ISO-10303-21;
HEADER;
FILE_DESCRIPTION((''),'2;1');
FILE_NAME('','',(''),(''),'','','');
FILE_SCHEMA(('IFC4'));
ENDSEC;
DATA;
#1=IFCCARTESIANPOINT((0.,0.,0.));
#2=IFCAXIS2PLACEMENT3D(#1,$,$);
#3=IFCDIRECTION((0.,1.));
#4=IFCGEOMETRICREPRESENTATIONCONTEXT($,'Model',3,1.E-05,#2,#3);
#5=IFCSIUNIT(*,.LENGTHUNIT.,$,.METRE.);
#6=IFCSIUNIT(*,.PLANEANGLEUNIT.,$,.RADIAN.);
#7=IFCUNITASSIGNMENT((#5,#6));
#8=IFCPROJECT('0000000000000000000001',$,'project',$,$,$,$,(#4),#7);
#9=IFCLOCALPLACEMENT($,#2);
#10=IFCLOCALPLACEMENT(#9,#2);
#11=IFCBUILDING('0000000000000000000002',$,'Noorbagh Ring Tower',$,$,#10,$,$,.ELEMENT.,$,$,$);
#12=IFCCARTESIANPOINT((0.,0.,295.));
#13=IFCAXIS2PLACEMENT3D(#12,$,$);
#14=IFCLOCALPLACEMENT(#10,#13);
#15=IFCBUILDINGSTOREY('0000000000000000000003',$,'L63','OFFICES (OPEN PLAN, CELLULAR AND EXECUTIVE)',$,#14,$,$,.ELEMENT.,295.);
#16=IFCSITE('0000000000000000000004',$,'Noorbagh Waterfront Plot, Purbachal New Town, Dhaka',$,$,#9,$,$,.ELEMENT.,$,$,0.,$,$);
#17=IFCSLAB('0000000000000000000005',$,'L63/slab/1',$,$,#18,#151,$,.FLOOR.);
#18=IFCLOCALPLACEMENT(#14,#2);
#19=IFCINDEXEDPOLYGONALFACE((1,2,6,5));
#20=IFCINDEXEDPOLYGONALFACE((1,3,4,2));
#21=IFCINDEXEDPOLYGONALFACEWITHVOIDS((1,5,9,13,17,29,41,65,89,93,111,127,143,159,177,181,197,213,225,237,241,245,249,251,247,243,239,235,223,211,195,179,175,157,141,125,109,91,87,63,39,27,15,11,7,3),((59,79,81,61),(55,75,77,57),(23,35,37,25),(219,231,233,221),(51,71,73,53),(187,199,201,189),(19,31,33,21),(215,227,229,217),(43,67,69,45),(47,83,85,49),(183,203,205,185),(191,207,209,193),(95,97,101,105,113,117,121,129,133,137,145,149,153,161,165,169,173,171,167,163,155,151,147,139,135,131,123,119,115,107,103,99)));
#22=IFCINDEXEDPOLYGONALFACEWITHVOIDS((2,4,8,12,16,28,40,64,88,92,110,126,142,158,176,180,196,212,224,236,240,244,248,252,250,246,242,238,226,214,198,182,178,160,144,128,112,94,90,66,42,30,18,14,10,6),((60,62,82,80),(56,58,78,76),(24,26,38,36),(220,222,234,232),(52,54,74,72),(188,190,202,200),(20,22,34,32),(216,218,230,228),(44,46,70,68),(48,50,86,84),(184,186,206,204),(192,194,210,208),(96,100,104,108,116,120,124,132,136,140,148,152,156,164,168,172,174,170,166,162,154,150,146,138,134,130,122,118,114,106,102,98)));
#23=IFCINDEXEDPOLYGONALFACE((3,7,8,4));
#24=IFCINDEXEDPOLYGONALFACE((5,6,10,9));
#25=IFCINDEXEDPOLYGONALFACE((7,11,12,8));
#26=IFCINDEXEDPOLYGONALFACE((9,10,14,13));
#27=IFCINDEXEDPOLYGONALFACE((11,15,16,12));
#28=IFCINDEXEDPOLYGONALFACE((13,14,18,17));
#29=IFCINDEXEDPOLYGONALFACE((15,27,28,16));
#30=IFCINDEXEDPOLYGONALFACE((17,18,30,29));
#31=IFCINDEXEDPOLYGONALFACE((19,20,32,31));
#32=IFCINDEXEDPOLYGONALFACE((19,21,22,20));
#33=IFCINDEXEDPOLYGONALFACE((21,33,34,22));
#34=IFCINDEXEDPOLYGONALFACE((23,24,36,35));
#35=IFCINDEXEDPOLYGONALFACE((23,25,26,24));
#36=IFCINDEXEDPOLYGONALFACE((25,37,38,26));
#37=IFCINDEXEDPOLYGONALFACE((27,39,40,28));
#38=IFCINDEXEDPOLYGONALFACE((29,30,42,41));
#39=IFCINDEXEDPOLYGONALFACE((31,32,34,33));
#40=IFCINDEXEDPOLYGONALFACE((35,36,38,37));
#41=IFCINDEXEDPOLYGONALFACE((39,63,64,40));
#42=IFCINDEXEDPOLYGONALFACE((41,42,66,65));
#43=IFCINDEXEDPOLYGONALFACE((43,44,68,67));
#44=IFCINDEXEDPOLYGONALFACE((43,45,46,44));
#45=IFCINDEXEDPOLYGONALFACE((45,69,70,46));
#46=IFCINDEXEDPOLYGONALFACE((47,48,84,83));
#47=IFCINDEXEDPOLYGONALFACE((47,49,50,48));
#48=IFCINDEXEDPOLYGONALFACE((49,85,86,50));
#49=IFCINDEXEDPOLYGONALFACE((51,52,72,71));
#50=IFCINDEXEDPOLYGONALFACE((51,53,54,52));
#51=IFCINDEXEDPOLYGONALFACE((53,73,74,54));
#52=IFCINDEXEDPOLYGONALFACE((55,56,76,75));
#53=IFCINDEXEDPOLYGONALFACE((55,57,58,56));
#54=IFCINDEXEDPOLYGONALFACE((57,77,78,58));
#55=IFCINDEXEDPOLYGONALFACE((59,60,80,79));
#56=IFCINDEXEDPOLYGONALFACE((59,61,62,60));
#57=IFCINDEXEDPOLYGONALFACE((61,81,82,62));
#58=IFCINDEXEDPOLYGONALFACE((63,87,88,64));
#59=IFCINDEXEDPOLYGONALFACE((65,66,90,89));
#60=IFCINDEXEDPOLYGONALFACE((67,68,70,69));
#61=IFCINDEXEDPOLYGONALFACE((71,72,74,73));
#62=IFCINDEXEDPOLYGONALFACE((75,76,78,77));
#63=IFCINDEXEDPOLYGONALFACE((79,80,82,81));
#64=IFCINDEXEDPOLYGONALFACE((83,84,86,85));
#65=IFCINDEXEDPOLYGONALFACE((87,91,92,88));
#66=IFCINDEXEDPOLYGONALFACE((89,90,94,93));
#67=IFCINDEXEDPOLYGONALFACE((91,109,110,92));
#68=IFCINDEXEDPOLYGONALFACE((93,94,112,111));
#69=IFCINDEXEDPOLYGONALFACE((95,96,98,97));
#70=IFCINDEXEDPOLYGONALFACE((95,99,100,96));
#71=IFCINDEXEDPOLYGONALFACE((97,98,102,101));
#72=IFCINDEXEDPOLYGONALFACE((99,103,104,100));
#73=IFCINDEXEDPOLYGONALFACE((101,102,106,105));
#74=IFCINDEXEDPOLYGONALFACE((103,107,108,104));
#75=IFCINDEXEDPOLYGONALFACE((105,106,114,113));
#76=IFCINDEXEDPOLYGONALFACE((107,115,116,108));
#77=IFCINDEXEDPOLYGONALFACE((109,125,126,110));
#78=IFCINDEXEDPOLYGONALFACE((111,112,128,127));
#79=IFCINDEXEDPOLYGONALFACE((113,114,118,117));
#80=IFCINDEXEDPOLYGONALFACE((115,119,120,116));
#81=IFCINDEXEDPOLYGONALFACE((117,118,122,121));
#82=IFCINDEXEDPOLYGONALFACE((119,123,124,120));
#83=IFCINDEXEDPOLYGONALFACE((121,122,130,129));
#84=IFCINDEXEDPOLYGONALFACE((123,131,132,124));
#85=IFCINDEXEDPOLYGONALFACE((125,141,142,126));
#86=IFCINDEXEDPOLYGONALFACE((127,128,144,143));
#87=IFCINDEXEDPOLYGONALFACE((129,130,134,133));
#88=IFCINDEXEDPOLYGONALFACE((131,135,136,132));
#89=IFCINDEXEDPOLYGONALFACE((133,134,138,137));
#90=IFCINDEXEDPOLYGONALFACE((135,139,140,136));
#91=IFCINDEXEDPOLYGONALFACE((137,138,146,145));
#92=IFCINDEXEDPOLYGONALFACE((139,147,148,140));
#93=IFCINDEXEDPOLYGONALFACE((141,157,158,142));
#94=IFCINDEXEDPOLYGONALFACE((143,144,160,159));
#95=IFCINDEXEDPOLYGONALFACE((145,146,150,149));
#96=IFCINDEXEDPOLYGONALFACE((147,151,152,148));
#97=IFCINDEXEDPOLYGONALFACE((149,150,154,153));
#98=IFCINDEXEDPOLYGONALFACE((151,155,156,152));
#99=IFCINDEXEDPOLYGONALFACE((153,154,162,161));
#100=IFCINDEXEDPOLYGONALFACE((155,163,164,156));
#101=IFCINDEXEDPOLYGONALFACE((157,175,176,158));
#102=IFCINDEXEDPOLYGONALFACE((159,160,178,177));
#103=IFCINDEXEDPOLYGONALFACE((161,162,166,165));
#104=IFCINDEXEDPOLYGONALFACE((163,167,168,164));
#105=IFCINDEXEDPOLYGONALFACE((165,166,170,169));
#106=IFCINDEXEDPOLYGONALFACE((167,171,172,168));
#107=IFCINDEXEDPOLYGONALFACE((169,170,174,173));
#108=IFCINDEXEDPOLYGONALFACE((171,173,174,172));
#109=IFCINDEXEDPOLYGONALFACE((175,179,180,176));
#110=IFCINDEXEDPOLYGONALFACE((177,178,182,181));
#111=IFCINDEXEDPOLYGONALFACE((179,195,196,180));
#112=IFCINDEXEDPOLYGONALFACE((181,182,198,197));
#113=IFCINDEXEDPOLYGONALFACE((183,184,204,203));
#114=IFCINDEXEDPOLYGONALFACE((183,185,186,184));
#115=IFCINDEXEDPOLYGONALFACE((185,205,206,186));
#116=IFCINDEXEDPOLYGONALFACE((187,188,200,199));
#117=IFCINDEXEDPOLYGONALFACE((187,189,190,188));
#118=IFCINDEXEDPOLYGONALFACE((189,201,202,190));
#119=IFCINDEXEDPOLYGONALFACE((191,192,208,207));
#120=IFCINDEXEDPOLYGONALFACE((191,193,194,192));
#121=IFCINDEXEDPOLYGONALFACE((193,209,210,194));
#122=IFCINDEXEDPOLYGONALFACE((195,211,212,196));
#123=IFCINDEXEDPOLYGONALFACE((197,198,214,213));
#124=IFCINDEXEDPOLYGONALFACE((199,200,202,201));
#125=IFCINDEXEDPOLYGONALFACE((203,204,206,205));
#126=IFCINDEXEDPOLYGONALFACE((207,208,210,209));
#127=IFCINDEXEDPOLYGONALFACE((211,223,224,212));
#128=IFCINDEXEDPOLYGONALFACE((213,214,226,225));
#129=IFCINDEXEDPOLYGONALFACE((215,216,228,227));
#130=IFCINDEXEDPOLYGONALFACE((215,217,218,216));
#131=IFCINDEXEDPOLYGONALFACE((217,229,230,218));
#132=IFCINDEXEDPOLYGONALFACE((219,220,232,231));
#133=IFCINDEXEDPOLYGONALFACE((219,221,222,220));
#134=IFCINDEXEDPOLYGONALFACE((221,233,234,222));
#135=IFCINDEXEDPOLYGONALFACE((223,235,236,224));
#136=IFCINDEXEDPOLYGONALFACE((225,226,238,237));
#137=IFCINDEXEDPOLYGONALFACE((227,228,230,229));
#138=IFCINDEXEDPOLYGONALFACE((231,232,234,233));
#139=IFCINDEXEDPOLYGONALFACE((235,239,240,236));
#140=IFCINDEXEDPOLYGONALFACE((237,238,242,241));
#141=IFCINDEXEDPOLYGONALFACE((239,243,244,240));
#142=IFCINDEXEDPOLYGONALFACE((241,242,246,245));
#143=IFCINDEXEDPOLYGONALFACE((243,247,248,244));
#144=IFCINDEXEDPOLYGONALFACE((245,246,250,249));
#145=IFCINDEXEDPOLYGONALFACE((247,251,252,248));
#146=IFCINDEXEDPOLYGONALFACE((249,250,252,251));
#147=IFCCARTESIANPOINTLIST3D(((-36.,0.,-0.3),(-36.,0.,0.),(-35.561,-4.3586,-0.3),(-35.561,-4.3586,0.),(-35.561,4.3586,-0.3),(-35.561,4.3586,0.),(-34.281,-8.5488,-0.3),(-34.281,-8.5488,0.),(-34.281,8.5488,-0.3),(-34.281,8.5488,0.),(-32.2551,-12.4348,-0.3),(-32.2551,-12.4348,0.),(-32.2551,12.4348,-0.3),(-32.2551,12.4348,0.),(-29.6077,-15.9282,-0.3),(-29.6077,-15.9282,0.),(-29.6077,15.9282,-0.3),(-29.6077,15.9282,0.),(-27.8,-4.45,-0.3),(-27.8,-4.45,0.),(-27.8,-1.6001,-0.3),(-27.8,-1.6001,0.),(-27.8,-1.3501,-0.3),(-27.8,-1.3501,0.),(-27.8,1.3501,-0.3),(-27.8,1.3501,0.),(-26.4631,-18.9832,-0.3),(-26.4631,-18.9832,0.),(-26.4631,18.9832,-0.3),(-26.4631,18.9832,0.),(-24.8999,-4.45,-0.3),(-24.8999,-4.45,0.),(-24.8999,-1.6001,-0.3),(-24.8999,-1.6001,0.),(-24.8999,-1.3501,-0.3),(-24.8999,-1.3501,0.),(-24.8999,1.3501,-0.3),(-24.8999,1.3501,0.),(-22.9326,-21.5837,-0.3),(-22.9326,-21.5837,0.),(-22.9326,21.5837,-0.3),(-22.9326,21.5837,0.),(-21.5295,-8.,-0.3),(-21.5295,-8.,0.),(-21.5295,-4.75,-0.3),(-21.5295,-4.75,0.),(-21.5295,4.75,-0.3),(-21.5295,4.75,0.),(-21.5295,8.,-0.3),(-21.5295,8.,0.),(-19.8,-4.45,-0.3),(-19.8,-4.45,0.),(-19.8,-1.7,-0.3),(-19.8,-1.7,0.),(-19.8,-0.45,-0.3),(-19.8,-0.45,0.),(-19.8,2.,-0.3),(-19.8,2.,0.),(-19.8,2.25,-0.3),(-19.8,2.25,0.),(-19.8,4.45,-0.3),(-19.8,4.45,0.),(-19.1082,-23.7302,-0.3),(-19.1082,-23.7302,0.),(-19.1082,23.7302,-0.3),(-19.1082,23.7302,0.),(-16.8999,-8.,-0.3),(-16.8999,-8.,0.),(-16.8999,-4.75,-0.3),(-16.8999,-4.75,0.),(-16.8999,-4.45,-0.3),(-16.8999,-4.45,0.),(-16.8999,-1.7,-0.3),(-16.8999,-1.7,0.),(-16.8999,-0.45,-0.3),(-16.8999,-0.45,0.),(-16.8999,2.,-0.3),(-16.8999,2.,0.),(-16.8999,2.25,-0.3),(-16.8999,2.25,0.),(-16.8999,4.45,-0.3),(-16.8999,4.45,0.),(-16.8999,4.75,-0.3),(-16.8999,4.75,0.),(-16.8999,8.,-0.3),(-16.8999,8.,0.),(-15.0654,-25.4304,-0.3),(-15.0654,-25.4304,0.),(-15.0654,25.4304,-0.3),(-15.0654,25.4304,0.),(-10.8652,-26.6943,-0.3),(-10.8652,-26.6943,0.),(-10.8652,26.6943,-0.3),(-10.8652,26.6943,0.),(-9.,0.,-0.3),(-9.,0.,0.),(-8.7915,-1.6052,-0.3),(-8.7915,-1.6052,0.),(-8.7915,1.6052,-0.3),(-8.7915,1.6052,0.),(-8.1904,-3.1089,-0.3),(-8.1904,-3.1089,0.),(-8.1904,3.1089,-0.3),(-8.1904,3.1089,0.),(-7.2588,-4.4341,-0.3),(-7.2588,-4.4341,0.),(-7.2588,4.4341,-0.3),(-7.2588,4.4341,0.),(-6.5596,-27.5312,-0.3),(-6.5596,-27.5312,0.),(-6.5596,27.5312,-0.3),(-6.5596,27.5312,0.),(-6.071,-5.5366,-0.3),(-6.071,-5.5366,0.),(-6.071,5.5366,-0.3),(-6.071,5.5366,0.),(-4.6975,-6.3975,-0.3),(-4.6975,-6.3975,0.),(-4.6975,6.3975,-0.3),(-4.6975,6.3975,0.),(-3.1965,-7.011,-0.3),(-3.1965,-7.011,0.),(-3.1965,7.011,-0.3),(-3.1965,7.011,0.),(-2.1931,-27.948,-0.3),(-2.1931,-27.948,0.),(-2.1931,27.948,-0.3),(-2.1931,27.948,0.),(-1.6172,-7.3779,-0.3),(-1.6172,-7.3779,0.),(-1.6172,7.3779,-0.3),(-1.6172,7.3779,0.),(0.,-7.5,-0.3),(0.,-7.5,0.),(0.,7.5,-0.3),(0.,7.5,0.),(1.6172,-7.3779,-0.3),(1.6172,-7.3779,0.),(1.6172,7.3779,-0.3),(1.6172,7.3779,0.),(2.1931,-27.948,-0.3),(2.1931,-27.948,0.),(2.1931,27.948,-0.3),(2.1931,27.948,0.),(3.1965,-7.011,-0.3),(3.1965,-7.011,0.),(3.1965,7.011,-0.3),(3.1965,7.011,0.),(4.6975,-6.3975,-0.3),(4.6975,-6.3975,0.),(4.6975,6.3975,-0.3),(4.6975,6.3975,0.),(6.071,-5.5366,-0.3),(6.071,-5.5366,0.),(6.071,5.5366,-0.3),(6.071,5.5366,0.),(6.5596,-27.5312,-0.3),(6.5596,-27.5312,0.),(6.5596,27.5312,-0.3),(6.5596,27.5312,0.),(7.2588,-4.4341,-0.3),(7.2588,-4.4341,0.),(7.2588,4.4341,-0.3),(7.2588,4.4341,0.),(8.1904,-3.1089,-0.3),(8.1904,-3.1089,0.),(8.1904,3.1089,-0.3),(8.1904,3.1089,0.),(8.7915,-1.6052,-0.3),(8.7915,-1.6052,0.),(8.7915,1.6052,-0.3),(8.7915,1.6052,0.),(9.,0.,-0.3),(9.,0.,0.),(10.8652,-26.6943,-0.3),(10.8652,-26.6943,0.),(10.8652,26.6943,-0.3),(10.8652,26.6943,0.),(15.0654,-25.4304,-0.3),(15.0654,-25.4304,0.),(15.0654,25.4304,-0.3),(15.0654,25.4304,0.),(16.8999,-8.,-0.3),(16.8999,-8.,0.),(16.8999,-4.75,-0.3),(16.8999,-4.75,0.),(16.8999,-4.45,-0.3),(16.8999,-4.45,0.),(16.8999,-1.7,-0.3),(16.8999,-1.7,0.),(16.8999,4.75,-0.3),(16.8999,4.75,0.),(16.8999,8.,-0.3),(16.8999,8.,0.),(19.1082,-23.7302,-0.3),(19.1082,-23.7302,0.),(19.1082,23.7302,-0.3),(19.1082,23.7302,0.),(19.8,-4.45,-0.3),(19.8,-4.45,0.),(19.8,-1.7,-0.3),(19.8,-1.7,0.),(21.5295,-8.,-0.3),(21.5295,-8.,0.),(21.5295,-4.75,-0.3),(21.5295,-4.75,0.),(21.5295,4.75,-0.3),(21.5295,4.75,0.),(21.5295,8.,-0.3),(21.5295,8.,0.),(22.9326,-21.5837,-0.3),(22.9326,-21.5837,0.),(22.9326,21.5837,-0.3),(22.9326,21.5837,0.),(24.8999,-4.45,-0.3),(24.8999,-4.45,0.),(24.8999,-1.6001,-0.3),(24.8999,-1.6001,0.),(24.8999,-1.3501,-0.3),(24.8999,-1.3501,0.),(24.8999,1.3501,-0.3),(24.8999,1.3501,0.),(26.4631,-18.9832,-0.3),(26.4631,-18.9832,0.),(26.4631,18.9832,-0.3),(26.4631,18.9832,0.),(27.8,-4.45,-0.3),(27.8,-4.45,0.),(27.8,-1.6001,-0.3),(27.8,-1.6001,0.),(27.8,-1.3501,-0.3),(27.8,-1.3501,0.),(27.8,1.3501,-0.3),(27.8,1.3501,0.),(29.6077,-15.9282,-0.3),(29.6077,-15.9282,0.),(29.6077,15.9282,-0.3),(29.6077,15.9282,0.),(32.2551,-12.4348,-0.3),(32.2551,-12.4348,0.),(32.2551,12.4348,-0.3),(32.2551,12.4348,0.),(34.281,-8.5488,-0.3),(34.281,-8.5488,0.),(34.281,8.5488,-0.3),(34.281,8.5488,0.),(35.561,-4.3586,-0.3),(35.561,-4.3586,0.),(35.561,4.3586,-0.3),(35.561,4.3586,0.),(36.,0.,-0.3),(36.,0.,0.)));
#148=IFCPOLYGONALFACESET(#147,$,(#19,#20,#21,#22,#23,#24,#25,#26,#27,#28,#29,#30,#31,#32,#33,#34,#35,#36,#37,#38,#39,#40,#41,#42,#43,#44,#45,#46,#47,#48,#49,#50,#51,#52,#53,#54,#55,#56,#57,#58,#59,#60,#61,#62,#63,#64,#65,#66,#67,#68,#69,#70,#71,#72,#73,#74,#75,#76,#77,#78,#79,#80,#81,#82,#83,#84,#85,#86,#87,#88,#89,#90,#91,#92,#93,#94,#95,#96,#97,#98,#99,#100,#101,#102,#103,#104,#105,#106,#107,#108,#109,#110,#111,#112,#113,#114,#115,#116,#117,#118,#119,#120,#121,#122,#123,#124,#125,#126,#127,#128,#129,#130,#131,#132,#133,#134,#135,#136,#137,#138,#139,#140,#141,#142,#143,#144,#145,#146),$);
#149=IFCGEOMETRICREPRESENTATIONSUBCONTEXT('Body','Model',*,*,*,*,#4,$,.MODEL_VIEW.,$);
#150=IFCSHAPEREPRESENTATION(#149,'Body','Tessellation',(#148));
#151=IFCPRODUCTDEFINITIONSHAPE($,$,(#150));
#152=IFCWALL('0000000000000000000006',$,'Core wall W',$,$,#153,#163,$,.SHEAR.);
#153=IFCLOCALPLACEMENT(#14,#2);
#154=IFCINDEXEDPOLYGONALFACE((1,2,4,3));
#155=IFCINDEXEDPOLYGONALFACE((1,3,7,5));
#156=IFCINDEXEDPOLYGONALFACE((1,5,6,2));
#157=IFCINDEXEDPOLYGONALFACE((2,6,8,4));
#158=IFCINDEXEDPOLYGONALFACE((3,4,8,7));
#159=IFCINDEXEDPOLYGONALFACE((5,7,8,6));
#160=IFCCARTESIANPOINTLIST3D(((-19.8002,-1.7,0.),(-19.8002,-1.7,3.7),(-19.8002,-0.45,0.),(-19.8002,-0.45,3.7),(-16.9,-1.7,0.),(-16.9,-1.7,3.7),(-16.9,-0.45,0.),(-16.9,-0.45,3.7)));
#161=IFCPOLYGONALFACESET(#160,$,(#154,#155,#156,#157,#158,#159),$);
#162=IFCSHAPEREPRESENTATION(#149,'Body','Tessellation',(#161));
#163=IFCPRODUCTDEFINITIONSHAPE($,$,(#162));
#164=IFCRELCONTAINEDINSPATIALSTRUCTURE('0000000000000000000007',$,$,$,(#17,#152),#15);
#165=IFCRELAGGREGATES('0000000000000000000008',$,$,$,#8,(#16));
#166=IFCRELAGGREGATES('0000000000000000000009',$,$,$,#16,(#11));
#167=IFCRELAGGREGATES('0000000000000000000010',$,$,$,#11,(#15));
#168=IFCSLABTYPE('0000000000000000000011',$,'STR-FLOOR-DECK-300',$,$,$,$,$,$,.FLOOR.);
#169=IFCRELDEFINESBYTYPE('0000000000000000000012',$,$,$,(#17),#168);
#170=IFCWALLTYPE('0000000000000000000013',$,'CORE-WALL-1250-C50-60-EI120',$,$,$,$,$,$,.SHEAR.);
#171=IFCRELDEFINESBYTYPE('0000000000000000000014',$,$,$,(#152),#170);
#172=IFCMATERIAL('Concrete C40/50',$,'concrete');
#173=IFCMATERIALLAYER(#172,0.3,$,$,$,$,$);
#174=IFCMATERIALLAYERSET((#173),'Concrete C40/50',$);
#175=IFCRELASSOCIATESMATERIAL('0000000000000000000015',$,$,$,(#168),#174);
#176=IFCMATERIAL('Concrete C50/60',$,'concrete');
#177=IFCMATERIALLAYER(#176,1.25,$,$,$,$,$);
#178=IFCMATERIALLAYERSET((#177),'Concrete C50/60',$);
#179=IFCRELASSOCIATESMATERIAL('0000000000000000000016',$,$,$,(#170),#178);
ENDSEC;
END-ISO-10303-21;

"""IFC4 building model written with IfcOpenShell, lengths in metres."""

from ifc_helpers import new_model, si_unit, direction, frame, frame_2d, origin, place, context, subcontext, project, spatial, polyline, rectangle, outline, extrude, material, layer, layer_set, type_object, element, save


model = new_model("IFC4")

# Units and contexts
model_context = context("Model", 3, precision=1e-05, world=origin(), true_north=direction((0.0, 1.0)))
body_context = subcontext(model_context, "Body", "Model", "MODEL_VIEW")
ifc_project = project(units=[si_unit("LENGTHUNIT", "METRE"), si_unit("PLANEANGLEUNIT", "RADIAN")], contexts=[model_context])

# Site, building, storey
site_placement = place(None, origin())
site = spatial("IfcSite", under=ifc_project, at=site_placement, Name="Noorbagh Waterfront Plot, Purbachal New Town, Dhaka", CompositionType="ELEMENT", RefElevation=0.0)
building_placement = place(site_placement, origin())
building = spatial("IfcBuilding", under=site, at=building_placement, Name="Noorbagh Ring Tower", CompositionType="ELEMENT")
storey_placement = place(building_placement, frame((0.0, 0.0, 295.0)))
storey = spatial("IfcBuildingStorey", under=building, at=storey_placement, Name="L63", Description="OFFICES (OPEN PLAN, CELLULAR AND EXECUTIVE)", CompositionType="ELEMENT", Elevation=295.0)

# Slab
ifc_material_1 = material(Name="Concrete C40/50", Category="concrete")
ifc_layer_1 = layer(ifc_material_1, 0.3)
ifc_layer_set_1 = layer_set([ifc_layer_1], Name="Concrete C40/50")
slab_type_1 = type_object("IfcSlabType", Name="STR-FLOOR-DECK-300", PredefinedType="FLOOR", material=ifc_layer_set_1)
slab_1_placement = place(storey_placement, frame((0.0, 0.0, -0.3)))
element("IfcSlab", 1, at=slab_1_placement, inside=storey, type_object=slab_type_1, Name="L63/slab/1", PredefinedType="FLOOR", context=body_context, shape_type="SweptSolid", body=[
    extrude(outline(polyline([(36.0, 0.0), (35.561, 4.3586), (34.281, 8.5488), (32.2551, 12.4348), (29.6077, 15.9282), (26.4631, 18.9832), (22.9326, 21.5837), (19.1082, 23.7302), (15.0654, 25.4304), (10.8652, 26.6943), (6.5596, 27.5312), (2.1931, 27.948), (-2.1931, 27.948), (-6.5596, 27.5312), (-10.8652, 26.6943), (-15.0654, 25.4304), (-19.1082, 23.7302), (-22.9326, 21.5837), (-26.4631, 18.9832), (-29.6077, 15.9282), (-32.2551, 12.4348), (-34.281, 8.5488), (-35.561, 4.3586), (-36.0, 0.0), (-35.561, -4.3586), (-34.281, -8.5488), (-32.2551, -12.4348), (-29.6077, -15.9282), (-26.4631, -18.9832), (-22.9326, -21.5837), (-19.1082, -23.7302), (-15.0654, -25.4304), (-10.8652, -26.6943), (-6.5596, -27.5312), (-2.1931, -27.948), (2.1931, -27.948), (6.5596, -27.5312), (10.8652, -26.6943), (15.0654, -25.4304), (19.1082, -23.7302), (22.9326, -21.5837), (26.4631, -18.9832), (29.6077, -15.9282), (32.2551, -12.4348), (34.281, -8.5488), (35.561, -4.3586), (36.0, 0.0)]), holes=[polyline([(24.8999, -1.6001), (27.8, -1.6001), (27.8, -4.45), (24.8999, -4.45), (24.8999, -1.6001)]), polyline([(24.8999, 1.3501), (27.8, 1.3501), (27.8, -1.3501), (24.8999, -1.3501), (24.8999, 1.3501)]), polyline([(21.5295, -8.0), (16.8999, -8.0), (16.8999, -4.75), (21.5295, -4.75), (21.5295, -8.0)]), polyline([(21.5295, 4.75), (16.8999, 4.75), (16.8999, 8.0), (21.5295, 8.0), (21.5295, 4.75)]), polyline([(16.8999, -1.7), (19.8, -1.7), (19.8, -4.45), (16.8999, -4.45), (16.8999, -1.7)]), polyline([(4.6975, -6.3975), (3.1965, -7.011), (1.6172, -7.3779), (0.0, -7.5), (-1.6172, -7.3779), (-3.1965, -7.011), (-4.6975, -6.3975), (-6.071, -5.5366), (-7.2588, -4.4341), (-8.1904, -3.1089), (-8.7915, -1.6052), (-9.0, 0.0), (-8.7915, 1.6052), (-8.1904, 3.1089), (-7.2588, 4.4341), (-6.071, 5.5366), (-4.6975, 6.3975), (-3.1965, 7.011), (-1.6172, 7.3779), (0.0, 7.5), (1.6172, 7.3779), (3.1965, 7.011), (4.6975, 6.3975), (6.071, 5.5366), (7.2588, 4.4341), (8.1904, 3.1089), (8.7915, 1.6052), (9.0, 0.0), (8.7915, -1.6052), (8.1904, -3.1089), (7.2588, -4.4341), (6.071, -5.5366), (4.6975, -6.3975)]), polyline([(-21.5295, -8.0), (-21.5295, -4.75), (-16.8999, -4.75), (-16.8999, -8.0), (-21.5295, -8.0)]), polyline([(-21.5295, 4.75), (-21.5295, 8.0), (-16.8999, 8.0), (-16.8999, 4.75), (-21.5295, 4.75)]), polyline([(-16.8999, -4.45), (-19.8, -4.45), (-19.8, -1.7), (-16.8999, -1.7), (-16.8999, -4.45)]), polyline([(-16.8999, -0.45), (-19.8, -0.45), (-19.8, 2.0), (-16.8999, 2.0), (-16.8999, -0.45)]), polyline([(-16.8999, 2.25), (-19.8, 2.25), (-19.8, 4.45), (-16.8999, 4.45), (-16.8999, 2.25)]), polyline([(-24.8999, -4.45), (-27.8, -4.45), (-27.8, -1.6001), (-24.8999, -1.6001), (-24.8999, -4.45)]), polyline([(-24.8999, 1.3501), (-24.8999, -1.3501), (-27.8, -1.3501), (-27.8, 1.3501), (-24.8999, 1.3501)])]), origin(), (0.0, 0.0, 1.0), 0.3),
])

# Wall
ifc_material_2 = material(Name="Concrete C50/60", Category="concrete")
ifc_layer_2 = layer(ifc_material_2, 1.25)
ifc_layer_set_2 = layer_set([ifc_layer_2], Name="Concrete C50/60")
wall_type_1 = type_object("IfcWallType", Name="CORE-WALL-1250-C50-60-EI120", PredefinedType="SHEAR", material=ifc_layer_set_2)
wall_1_placement = place(storey_placement, frame((-16.8999, -1.075, 0.0), z_axis=(0.0, 0.0, 1.0), x_axis=(-1.0, 0.0, 0.0)))
element("IfcWall", 2, at=wall_1_placement, inside=storey, type_object=wall_type_1, Name="Core wall W", PredefinedType="SHEAR", context=body_context, shape_type="SweptSolid", body=[
    extrude(rectangle(XDim=2.9001, YDim=1.25, at=frame_2d((1.4502, 0.0))), origin(), (0.0, 0.0, 1.0), 3.7),
])

save(model, "model.ifc")
